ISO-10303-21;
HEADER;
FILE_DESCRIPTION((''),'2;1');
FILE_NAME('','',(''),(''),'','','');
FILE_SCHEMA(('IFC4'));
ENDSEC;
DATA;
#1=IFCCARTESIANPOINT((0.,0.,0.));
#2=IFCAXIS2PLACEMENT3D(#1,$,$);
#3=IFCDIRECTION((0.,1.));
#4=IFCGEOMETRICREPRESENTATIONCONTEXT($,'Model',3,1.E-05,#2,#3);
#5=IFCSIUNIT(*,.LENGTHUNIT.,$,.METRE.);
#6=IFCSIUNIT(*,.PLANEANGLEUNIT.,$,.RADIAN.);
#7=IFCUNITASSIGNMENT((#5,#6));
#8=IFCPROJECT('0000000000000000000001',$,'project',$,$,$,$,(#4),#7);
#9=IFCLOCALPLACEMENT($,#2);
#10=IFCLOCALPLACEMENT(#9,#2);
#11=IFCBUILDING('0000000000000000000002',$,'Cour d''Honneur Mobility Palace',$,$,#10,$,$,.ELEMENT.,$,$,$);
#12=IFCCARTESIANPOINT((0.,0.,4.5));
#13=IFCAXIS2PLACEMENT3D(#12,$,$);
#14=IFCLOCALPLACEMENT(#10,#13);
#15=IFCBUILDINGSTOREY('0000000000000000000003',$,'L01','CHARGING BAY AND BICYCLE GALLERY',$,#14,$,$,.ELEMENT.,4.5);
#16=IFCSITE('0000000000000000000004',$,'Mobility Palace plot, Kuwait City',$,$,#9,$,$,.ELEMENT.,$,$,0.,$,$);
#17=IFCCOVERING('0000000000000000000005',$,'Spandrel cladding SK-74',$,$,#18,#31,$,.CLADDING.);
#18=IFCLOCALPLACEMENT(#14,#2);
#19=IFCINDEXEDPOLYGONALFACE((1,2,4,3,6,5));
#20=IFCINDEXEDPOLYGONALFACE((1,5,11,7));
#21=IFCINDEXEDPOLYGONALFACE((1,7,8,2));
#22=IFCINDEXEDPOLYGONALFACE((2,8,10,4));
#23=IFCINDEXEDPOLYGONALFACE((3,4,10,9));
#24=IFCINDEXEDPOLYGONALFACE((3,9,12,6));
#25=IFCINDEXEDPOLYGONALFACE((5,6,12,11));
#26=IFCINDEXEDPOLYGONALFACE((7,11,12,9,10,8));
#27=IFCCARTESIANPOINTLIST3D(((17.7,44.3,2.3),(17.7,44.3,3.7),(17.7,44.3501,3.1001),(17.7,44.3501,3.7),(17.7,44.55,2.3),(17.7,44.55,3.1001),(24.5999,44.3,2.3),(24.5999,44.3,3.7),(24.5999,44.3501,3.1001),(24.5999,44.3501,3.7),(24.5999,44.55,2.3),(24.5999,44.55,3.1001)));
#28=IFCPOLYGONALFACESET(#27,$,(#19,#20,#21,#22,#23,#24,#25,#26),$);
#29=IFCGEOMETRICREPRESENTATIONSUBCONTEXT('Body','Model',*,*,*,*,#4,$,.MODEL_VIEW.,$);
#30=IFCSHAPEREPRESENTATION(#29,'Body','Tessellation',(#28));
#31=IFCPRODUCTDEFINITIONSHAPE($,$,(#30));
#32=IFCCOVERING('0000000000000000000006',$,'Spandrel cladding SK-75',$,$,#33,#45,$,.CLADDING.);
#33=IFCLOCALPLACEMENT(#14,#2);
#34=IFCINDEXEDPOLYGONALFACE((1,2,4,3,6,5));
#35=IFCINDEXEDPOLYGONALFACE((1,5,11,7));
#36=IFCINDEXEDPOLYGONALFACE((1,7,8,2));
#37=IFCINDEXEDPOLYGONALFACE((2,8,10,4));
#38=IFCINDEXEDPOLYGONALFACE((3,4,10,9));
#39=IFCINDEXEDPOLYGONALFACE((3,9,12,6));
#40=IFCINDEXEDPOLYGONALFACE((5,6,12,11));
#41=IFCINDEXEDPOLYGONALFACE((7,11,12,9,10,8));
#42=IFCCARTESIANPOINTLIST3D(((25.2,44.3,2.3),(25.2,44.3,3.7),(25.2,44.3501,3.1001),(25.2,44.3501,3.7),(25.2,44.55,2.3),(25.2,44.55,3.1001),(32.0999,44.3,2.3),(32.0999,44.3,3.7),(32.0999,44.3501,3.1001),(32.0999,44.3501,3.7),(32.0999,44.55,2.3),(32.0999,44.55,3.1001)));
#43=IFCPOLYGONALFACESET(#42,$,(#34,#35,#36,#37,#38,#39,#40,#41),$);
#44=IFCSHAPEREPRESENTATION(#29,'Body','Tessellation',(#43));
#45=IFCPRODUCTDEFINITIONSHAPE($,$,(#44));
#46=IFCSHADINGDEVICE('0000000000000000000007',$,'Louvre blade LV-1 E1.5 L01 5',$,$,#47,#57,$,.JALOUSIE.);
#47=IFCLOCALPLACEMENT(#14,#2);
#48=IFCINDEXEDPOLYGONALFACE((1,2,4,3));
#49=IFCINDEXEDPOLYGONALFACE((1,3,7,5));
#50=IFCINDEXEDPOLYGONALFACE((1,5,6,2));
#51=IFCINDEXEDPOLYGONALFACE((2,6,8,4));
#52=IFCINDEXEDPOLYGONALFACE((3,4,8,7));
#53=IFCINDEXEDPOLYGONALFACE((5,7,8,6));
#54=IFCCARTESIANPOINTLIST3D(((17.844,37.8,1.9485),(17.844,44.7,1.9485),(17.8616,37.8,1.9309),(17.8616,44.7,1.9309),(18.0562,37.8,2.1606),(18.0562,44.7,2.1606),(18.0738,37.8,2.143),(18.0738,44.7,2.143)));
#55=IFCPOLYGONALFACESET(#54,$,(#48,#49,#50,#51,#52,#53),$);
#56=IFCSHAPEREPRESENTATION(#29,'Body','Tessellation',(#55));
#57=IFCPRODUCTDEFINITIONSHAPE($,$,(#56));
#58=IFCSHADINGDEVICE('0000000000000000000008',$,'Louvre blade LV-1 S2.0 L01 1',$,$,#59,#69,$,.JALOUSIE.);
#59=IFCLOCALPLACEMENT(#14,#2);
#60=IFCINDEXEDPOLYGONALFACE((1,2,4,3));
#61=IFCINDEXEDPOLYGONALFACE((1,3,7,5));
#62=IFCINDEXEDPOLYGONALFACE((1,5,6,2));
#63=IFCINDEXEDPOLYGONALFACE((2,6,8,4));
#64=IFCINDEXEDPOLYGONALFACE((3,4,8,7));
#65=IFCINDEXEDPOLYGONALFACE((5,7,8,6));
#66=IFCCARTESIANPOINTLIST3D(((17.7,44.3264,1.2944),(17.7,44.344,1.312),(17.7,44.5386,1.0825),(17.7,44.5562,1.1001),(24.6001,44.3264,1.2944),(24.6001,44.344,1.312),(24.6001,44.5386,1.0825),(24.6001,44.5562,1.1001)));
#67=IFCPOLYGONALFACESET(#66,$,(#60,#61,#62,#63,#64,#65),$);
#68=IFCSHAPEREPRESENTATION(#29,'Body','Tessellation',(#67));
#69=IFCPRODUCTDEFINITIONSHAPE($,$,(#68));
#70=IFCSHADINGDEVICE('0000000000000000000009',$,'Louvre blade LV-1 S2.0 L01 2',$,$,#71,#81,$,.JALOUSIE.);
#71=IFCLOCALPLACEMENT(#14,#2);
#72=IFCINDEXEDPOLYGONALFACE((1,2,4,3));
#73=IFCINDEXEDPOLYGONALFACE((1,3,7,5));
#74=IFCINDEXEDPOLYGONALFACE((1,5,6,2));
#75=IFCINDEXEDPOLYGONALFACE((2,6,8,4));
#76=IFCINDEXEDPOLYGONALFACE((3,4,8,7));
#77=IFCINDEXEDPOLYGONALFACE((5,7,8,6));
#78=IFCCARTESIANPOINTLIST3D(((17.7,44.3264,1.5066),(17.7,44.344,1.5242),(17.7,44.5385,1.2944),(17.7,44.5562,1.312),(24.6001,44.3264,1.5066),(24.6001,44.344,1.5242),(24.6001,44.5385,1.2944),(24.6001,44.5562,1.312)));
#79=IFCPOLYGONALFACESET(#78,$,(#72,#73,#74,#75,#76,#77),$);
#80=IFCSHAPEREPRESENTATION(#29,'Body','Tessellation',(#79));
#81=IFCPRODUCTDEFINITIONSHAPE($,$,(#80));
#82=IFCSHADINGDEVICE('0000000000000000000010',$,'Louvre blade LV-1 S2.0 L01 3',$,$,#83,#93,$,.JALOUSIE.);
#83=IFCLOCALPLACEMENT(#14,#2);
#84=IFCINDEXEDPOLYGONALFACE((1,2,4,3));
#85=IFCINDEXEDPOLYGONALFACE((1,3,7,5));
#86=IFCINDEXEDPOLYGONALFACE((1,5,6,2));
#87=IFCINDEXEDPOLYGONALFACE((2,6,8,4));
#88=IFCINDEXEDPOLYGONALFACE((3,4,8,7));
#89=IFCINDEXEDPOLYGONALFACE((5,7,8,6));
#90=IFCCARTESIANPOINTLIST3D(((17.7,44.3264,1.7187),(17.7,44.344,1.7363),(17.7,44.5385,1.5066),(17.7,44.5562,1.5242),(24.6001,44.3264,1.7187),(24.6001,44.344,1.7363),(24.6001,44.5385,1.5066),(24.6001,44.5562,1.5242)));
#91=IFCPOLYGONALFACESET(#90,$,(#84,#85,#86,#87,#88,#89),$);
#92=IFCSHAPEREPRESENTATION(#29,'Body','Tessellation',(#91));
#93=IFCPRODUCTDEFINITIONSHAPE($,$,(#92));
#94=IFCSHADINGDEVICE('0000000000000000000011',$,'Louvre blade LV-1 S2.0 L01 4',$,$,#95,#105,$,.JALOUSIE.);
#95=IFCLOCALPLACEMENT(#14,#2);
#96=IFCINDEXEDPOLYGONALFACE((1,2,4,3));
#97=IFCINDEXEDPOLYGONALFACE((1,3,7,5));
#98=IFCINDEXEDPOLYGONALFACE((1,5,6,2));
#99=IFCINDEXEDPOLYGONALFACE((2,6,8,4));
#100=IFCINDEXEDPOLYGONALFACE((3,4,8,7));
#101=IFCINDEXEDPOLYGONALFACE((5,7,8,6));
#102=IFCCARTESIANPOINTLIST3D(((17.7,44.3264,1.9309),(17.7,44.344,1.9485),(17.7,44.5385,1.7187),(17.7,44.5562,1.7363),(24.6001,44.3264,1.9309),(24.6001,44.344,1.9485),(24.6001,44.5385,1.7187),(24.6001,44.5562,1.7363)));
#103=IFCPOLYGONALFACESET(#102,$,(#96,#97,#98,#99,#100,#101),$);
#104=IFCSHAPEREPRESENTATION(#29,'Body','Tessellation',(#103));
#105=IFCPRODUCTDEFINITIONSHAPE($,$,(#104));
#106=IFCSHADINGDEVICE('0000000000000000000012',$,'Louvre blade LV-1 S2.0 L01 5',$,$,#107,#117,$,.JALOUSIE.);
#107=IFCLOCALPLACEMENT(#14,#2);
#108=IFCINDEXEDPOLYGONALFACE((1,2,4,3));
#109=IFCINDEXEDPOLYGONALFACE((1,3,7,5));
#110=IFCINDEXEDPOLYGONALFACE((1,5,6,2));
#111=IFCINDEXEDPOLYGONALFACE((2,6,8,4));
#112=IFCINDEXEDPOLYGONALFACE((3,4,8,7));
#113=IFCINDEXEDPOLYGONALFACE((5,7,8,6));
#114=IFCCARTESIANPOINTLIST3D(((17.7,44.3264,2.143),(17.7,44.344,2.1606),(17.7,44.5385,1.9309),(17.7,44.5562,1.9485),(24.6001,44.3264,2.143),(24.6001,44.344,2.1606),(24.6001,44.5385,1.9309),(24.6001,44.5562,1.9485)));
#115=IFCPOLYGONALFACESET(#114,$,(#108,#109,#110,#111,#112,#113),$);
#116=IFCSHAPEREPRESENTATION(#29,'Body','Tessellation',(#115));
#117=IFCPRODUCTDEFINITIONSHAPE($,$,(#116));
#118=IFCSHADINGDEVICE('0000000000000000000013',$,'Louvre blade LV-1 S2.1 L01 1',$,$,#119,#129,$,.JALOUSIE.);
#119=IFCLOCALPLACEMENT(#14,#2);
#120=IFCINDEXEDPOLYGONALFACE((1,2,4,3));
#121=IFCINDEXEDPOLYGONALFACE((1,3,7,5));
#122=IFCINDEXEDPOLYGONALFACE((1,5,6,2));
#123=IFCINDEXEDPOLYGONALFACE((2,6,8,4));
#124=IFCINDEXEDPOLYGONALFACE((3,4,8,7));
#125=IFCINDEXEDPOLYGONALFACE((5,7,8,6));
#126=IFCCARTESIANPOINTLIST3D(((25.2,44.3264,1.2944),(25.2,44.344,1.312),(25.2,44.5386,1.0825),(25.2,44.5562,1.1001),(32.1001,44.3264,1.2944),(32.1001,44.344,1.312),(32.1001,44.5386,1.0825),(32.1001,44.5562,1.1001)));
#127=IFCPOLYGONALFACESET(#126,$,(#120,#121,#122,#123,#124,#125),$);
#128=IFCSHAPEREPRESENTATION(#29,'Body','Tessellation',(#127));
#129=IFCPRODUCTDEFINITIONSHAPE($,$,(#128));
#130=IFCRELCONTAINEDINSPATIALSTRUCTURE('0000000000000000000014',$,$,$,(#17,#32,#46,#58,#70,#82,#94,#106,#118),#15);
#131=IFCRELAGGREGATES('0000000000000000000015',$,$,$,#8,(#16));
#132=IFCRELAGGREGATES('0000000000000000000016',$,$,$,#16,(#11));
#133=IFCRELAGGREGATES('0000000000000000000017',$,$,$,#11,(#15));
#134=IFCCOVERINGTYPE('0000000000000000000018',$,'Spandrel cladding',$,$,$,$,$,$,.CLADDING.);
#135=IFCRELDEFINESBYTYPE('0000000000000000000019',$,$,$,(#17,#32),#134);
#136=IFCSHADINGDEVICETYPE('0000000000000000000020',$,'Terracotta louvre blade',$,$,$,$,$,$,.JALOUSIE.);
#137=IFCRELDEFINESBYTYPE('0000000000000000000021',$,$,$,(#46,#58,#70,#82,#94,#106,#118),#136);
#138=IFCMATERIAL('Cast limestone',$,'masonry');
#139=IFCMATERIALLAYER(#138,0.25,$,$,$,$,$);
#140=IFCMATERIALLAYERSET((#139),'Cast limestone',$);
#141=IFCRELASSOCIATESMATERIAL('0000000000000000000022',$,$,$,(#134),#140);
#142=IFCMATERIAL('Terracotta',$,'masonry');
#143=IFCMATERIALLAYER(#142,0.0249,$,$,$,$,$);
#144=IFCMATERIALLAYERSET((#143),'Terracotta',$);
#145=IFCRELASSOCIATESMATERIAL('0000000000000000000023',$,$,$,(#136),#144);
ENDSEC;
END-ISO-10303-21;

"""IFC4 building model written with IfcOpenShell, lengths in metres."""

from ifc_helpers import new_model, si_unit, direction, frame, origin, place, context, subcontext, project, spatial, polyline, outline, extrude, material, layer, layer_set, type_object, element, save


model = new_model("IFC4")

# Units and contexts
model_context = context("Model", 3, precision=1e-05, world=origin(), true_north=direction((0.0, 1.0)))
body_context = subcontext(model_context, "Body", "Model", "MODEL_VIEW")
ifc_project = project(units=[si_unit("LENGTHUNIT", "METRE"), si_unit("PLANEANGLEUNIT", "RADIAN")], contexts=[model_context])

# Site, building, storey
site_placement = place(None, origin())
site = spatial("IfcSite", under=ifc_project, at=site_placement, Name="Mobility Palace plot, Kuwait City", CompositionType="ELEMENT", RefElevation=0.0)
building_placement = place(site_placement, origin())
building = spatial("IfcBuilding", under=site, at=building_placement, Name="Cour d'Honneur Mobility Palace", CompositionType="ELEMENT")
storey_placement = place(building_placement, frame((0.0, 0.0, 4.5)))
storey = spatial("IfcBuildingStorey", under=building, at=storey_placement, Name="L01", Description="CHARGING BAY AND BICYCLE GALLERY", CompositionType="ELEMENT", Elevation=4.5)

# Coverings
ifc_material_1 = material(Name="Cast limestone", Category="masonry")
ifc_layer_1 = layer(ifc_material_1, 0.25)
ifc_layer_set_1 = layer_set([ifc_layer_1], Name="Cast limestone")
covering_type = type_object("IfcCoveringType", Name="Spandrel cladding", PredefinedType="CLADDING", material=ifc_layer_set_1)
for number, where, z_axis, x_axis, name in (
    (1, (17.7, 44.55, 2.3), (-1.0, 0.0, 0.0), (0.0, -1.0, 0.0), "Spandrel cladding SK-74"),
    (2, (25.2, 44.55, 2.3), (-1.0, 0.0, 0.0), (0.0, -1.0, 0.0), "Spandrel cladding SK-75"),
):
    element("IfcCovering", number, at=place(storey_placement, frame(where, z_axis=z_axis, x_axis=x_axis)), inside=storey, type_object=covering_type, Name=name, PredefinedType="CLADDING", context=body_context, shape_type="SweptSolid", body=[
        extrude(outline(polyline([(0.0, 0.0), (0.25, 0.0), (0.25, 1.3999), (0.2, 1.3999), (0.2, 0.8), (0.0, 0.8), (0.0, 0.0)])), origin(), (0.0, 0.0, -1.0), 6.8999),
    ])

# Shading devices
ifc_material_2 = material(Name="Terracotta", Category="masonry")
ifc_layer_2 = layer(ifc_material_2, 0.0249)
ifc_layer_set_2 = layer_set([ifc_layer_2], Name="Terracotta")
shading_device_type = type_object("IfcShadingDeviceType", Name="Terracotta louvre blade", PredefinedType="JALOUSIE", material=ifc_layer_set_2)
shading_device_1_placement = place(storey_placement, frame((17.844, 37.8, 1.9485), z_axis=(-0.707107, 0.0, 0.707107), x_axis=(0.0, 1.0, 0.0)))
element("IfcShadingDevice", 3, at=shading_device_1_placement, inside=storey, type_object=shading_device_type, Name="Louvre blade LV-1 E1.5 L01 5", PredefinedType="JALOUSIE", context=body_context, shape_type="SweptSolid", body=[
    extrude(outline(polyline([(0.0, 0.0), (6.8999, 0.0), (6.8999, -0.3), (0.0, -0.3), (0.0, 0.0)])), origin(), (0.0, 0.0, -1.0), 0.0249),
])
shading_device_2_placement = place(storey_placement, frame((17.7, 44.5562, 1.1001), z_axis=(0.0, 0.7067, 0.707514), x_axis=(1.0, 0.0, 0.0)))
element("IfcShadingDevice", 4, at=shading_device_2_placement, inside=storey, type_object=shading_device_type, Name="Louvre blade LV-1 S2.0 L01 1", PredefinedType="JALOUSIE", context=body_context, shape_type="SweptSolid", body=[
    extrude(outline(polyline([(0.0, 0.0), (6.9001, 0.0), (6.9001, -0.2999), (0.0, -0.2999), (0.0, 0.0)])), origin(), (0.0, 0.0, -1.0), 0.0249),
])
for number, where, z_axis, x_axis, name in (
    (5, (17.7, 44.5562, 1.312), (0.0, 0.707107, 0.707107), (1.0, 0.0, 0.0), "Louvre blade LV-1 S2.0 L01 2"),
    (6, (17.7, 44.5562, 1.5242), (0.0, 0.707107, 0.707107), (1.0, 0.0, 0.0), "Louvre blade LV-1 S2.0 L01 3"),
    (7, (17.7, 44.5562, 1.7363), (0.0, 0.707107, 0.707107), (1.0, 0.0, 0.0), "Louvre blade LV-1 S2.0 L01 4"),
    (8, (17.7, 44.5562, 1.9485), (0.0, 0.707107, 0.707107), (1.0, 0.0, 0.0), "Louvre blade LV-1 S2.0 L01 5"),
):
    element("IfcShadingDevice", number, at=place(storey_placement, frame(where, z_axis=z_axis, x_axis=x_axis)), inside=storey, type_object=shading_device_type, Name=name, PredefinedType="JALOUSIE", context=body_context, shape_type="SweptSolid", body=[
        extrude(outline(polyline([(0.0, 0.0), (6.9001, 0.0), (6.9001, -0.3), (0.0, -0.3), (0.0, 0.0)])), origin(), (0.0, 0.0, -1.0), 0.0249),
    ])
shading_device_3_placement = place(storey_placement, frame((25.2, 44.5562, 1.1001), z_axis=(0.0, 0.7067, 0.707514), x_axis=(1.0, 0.0, 0.0)))
element("IfcShadingDevice", 9, at=shading_device_3_placement, inside=storey, type_object=shading_device_type, Name="Louvre blade LV-1 S2.1 L01 1", PredefinedType="JALOUSIE", context=body_context, shape_type="SweptSolid", body=[
    extrude(outline(polyline([(0.0, 0.0), (6.9001, 0.0), (6.9001, -0.2999), (0.0, -0.2999), (0.0, 0.0)])), origin(), (0.0, 0.0, -1.0), 0.0249),
])

save(model, "model.ifc")
